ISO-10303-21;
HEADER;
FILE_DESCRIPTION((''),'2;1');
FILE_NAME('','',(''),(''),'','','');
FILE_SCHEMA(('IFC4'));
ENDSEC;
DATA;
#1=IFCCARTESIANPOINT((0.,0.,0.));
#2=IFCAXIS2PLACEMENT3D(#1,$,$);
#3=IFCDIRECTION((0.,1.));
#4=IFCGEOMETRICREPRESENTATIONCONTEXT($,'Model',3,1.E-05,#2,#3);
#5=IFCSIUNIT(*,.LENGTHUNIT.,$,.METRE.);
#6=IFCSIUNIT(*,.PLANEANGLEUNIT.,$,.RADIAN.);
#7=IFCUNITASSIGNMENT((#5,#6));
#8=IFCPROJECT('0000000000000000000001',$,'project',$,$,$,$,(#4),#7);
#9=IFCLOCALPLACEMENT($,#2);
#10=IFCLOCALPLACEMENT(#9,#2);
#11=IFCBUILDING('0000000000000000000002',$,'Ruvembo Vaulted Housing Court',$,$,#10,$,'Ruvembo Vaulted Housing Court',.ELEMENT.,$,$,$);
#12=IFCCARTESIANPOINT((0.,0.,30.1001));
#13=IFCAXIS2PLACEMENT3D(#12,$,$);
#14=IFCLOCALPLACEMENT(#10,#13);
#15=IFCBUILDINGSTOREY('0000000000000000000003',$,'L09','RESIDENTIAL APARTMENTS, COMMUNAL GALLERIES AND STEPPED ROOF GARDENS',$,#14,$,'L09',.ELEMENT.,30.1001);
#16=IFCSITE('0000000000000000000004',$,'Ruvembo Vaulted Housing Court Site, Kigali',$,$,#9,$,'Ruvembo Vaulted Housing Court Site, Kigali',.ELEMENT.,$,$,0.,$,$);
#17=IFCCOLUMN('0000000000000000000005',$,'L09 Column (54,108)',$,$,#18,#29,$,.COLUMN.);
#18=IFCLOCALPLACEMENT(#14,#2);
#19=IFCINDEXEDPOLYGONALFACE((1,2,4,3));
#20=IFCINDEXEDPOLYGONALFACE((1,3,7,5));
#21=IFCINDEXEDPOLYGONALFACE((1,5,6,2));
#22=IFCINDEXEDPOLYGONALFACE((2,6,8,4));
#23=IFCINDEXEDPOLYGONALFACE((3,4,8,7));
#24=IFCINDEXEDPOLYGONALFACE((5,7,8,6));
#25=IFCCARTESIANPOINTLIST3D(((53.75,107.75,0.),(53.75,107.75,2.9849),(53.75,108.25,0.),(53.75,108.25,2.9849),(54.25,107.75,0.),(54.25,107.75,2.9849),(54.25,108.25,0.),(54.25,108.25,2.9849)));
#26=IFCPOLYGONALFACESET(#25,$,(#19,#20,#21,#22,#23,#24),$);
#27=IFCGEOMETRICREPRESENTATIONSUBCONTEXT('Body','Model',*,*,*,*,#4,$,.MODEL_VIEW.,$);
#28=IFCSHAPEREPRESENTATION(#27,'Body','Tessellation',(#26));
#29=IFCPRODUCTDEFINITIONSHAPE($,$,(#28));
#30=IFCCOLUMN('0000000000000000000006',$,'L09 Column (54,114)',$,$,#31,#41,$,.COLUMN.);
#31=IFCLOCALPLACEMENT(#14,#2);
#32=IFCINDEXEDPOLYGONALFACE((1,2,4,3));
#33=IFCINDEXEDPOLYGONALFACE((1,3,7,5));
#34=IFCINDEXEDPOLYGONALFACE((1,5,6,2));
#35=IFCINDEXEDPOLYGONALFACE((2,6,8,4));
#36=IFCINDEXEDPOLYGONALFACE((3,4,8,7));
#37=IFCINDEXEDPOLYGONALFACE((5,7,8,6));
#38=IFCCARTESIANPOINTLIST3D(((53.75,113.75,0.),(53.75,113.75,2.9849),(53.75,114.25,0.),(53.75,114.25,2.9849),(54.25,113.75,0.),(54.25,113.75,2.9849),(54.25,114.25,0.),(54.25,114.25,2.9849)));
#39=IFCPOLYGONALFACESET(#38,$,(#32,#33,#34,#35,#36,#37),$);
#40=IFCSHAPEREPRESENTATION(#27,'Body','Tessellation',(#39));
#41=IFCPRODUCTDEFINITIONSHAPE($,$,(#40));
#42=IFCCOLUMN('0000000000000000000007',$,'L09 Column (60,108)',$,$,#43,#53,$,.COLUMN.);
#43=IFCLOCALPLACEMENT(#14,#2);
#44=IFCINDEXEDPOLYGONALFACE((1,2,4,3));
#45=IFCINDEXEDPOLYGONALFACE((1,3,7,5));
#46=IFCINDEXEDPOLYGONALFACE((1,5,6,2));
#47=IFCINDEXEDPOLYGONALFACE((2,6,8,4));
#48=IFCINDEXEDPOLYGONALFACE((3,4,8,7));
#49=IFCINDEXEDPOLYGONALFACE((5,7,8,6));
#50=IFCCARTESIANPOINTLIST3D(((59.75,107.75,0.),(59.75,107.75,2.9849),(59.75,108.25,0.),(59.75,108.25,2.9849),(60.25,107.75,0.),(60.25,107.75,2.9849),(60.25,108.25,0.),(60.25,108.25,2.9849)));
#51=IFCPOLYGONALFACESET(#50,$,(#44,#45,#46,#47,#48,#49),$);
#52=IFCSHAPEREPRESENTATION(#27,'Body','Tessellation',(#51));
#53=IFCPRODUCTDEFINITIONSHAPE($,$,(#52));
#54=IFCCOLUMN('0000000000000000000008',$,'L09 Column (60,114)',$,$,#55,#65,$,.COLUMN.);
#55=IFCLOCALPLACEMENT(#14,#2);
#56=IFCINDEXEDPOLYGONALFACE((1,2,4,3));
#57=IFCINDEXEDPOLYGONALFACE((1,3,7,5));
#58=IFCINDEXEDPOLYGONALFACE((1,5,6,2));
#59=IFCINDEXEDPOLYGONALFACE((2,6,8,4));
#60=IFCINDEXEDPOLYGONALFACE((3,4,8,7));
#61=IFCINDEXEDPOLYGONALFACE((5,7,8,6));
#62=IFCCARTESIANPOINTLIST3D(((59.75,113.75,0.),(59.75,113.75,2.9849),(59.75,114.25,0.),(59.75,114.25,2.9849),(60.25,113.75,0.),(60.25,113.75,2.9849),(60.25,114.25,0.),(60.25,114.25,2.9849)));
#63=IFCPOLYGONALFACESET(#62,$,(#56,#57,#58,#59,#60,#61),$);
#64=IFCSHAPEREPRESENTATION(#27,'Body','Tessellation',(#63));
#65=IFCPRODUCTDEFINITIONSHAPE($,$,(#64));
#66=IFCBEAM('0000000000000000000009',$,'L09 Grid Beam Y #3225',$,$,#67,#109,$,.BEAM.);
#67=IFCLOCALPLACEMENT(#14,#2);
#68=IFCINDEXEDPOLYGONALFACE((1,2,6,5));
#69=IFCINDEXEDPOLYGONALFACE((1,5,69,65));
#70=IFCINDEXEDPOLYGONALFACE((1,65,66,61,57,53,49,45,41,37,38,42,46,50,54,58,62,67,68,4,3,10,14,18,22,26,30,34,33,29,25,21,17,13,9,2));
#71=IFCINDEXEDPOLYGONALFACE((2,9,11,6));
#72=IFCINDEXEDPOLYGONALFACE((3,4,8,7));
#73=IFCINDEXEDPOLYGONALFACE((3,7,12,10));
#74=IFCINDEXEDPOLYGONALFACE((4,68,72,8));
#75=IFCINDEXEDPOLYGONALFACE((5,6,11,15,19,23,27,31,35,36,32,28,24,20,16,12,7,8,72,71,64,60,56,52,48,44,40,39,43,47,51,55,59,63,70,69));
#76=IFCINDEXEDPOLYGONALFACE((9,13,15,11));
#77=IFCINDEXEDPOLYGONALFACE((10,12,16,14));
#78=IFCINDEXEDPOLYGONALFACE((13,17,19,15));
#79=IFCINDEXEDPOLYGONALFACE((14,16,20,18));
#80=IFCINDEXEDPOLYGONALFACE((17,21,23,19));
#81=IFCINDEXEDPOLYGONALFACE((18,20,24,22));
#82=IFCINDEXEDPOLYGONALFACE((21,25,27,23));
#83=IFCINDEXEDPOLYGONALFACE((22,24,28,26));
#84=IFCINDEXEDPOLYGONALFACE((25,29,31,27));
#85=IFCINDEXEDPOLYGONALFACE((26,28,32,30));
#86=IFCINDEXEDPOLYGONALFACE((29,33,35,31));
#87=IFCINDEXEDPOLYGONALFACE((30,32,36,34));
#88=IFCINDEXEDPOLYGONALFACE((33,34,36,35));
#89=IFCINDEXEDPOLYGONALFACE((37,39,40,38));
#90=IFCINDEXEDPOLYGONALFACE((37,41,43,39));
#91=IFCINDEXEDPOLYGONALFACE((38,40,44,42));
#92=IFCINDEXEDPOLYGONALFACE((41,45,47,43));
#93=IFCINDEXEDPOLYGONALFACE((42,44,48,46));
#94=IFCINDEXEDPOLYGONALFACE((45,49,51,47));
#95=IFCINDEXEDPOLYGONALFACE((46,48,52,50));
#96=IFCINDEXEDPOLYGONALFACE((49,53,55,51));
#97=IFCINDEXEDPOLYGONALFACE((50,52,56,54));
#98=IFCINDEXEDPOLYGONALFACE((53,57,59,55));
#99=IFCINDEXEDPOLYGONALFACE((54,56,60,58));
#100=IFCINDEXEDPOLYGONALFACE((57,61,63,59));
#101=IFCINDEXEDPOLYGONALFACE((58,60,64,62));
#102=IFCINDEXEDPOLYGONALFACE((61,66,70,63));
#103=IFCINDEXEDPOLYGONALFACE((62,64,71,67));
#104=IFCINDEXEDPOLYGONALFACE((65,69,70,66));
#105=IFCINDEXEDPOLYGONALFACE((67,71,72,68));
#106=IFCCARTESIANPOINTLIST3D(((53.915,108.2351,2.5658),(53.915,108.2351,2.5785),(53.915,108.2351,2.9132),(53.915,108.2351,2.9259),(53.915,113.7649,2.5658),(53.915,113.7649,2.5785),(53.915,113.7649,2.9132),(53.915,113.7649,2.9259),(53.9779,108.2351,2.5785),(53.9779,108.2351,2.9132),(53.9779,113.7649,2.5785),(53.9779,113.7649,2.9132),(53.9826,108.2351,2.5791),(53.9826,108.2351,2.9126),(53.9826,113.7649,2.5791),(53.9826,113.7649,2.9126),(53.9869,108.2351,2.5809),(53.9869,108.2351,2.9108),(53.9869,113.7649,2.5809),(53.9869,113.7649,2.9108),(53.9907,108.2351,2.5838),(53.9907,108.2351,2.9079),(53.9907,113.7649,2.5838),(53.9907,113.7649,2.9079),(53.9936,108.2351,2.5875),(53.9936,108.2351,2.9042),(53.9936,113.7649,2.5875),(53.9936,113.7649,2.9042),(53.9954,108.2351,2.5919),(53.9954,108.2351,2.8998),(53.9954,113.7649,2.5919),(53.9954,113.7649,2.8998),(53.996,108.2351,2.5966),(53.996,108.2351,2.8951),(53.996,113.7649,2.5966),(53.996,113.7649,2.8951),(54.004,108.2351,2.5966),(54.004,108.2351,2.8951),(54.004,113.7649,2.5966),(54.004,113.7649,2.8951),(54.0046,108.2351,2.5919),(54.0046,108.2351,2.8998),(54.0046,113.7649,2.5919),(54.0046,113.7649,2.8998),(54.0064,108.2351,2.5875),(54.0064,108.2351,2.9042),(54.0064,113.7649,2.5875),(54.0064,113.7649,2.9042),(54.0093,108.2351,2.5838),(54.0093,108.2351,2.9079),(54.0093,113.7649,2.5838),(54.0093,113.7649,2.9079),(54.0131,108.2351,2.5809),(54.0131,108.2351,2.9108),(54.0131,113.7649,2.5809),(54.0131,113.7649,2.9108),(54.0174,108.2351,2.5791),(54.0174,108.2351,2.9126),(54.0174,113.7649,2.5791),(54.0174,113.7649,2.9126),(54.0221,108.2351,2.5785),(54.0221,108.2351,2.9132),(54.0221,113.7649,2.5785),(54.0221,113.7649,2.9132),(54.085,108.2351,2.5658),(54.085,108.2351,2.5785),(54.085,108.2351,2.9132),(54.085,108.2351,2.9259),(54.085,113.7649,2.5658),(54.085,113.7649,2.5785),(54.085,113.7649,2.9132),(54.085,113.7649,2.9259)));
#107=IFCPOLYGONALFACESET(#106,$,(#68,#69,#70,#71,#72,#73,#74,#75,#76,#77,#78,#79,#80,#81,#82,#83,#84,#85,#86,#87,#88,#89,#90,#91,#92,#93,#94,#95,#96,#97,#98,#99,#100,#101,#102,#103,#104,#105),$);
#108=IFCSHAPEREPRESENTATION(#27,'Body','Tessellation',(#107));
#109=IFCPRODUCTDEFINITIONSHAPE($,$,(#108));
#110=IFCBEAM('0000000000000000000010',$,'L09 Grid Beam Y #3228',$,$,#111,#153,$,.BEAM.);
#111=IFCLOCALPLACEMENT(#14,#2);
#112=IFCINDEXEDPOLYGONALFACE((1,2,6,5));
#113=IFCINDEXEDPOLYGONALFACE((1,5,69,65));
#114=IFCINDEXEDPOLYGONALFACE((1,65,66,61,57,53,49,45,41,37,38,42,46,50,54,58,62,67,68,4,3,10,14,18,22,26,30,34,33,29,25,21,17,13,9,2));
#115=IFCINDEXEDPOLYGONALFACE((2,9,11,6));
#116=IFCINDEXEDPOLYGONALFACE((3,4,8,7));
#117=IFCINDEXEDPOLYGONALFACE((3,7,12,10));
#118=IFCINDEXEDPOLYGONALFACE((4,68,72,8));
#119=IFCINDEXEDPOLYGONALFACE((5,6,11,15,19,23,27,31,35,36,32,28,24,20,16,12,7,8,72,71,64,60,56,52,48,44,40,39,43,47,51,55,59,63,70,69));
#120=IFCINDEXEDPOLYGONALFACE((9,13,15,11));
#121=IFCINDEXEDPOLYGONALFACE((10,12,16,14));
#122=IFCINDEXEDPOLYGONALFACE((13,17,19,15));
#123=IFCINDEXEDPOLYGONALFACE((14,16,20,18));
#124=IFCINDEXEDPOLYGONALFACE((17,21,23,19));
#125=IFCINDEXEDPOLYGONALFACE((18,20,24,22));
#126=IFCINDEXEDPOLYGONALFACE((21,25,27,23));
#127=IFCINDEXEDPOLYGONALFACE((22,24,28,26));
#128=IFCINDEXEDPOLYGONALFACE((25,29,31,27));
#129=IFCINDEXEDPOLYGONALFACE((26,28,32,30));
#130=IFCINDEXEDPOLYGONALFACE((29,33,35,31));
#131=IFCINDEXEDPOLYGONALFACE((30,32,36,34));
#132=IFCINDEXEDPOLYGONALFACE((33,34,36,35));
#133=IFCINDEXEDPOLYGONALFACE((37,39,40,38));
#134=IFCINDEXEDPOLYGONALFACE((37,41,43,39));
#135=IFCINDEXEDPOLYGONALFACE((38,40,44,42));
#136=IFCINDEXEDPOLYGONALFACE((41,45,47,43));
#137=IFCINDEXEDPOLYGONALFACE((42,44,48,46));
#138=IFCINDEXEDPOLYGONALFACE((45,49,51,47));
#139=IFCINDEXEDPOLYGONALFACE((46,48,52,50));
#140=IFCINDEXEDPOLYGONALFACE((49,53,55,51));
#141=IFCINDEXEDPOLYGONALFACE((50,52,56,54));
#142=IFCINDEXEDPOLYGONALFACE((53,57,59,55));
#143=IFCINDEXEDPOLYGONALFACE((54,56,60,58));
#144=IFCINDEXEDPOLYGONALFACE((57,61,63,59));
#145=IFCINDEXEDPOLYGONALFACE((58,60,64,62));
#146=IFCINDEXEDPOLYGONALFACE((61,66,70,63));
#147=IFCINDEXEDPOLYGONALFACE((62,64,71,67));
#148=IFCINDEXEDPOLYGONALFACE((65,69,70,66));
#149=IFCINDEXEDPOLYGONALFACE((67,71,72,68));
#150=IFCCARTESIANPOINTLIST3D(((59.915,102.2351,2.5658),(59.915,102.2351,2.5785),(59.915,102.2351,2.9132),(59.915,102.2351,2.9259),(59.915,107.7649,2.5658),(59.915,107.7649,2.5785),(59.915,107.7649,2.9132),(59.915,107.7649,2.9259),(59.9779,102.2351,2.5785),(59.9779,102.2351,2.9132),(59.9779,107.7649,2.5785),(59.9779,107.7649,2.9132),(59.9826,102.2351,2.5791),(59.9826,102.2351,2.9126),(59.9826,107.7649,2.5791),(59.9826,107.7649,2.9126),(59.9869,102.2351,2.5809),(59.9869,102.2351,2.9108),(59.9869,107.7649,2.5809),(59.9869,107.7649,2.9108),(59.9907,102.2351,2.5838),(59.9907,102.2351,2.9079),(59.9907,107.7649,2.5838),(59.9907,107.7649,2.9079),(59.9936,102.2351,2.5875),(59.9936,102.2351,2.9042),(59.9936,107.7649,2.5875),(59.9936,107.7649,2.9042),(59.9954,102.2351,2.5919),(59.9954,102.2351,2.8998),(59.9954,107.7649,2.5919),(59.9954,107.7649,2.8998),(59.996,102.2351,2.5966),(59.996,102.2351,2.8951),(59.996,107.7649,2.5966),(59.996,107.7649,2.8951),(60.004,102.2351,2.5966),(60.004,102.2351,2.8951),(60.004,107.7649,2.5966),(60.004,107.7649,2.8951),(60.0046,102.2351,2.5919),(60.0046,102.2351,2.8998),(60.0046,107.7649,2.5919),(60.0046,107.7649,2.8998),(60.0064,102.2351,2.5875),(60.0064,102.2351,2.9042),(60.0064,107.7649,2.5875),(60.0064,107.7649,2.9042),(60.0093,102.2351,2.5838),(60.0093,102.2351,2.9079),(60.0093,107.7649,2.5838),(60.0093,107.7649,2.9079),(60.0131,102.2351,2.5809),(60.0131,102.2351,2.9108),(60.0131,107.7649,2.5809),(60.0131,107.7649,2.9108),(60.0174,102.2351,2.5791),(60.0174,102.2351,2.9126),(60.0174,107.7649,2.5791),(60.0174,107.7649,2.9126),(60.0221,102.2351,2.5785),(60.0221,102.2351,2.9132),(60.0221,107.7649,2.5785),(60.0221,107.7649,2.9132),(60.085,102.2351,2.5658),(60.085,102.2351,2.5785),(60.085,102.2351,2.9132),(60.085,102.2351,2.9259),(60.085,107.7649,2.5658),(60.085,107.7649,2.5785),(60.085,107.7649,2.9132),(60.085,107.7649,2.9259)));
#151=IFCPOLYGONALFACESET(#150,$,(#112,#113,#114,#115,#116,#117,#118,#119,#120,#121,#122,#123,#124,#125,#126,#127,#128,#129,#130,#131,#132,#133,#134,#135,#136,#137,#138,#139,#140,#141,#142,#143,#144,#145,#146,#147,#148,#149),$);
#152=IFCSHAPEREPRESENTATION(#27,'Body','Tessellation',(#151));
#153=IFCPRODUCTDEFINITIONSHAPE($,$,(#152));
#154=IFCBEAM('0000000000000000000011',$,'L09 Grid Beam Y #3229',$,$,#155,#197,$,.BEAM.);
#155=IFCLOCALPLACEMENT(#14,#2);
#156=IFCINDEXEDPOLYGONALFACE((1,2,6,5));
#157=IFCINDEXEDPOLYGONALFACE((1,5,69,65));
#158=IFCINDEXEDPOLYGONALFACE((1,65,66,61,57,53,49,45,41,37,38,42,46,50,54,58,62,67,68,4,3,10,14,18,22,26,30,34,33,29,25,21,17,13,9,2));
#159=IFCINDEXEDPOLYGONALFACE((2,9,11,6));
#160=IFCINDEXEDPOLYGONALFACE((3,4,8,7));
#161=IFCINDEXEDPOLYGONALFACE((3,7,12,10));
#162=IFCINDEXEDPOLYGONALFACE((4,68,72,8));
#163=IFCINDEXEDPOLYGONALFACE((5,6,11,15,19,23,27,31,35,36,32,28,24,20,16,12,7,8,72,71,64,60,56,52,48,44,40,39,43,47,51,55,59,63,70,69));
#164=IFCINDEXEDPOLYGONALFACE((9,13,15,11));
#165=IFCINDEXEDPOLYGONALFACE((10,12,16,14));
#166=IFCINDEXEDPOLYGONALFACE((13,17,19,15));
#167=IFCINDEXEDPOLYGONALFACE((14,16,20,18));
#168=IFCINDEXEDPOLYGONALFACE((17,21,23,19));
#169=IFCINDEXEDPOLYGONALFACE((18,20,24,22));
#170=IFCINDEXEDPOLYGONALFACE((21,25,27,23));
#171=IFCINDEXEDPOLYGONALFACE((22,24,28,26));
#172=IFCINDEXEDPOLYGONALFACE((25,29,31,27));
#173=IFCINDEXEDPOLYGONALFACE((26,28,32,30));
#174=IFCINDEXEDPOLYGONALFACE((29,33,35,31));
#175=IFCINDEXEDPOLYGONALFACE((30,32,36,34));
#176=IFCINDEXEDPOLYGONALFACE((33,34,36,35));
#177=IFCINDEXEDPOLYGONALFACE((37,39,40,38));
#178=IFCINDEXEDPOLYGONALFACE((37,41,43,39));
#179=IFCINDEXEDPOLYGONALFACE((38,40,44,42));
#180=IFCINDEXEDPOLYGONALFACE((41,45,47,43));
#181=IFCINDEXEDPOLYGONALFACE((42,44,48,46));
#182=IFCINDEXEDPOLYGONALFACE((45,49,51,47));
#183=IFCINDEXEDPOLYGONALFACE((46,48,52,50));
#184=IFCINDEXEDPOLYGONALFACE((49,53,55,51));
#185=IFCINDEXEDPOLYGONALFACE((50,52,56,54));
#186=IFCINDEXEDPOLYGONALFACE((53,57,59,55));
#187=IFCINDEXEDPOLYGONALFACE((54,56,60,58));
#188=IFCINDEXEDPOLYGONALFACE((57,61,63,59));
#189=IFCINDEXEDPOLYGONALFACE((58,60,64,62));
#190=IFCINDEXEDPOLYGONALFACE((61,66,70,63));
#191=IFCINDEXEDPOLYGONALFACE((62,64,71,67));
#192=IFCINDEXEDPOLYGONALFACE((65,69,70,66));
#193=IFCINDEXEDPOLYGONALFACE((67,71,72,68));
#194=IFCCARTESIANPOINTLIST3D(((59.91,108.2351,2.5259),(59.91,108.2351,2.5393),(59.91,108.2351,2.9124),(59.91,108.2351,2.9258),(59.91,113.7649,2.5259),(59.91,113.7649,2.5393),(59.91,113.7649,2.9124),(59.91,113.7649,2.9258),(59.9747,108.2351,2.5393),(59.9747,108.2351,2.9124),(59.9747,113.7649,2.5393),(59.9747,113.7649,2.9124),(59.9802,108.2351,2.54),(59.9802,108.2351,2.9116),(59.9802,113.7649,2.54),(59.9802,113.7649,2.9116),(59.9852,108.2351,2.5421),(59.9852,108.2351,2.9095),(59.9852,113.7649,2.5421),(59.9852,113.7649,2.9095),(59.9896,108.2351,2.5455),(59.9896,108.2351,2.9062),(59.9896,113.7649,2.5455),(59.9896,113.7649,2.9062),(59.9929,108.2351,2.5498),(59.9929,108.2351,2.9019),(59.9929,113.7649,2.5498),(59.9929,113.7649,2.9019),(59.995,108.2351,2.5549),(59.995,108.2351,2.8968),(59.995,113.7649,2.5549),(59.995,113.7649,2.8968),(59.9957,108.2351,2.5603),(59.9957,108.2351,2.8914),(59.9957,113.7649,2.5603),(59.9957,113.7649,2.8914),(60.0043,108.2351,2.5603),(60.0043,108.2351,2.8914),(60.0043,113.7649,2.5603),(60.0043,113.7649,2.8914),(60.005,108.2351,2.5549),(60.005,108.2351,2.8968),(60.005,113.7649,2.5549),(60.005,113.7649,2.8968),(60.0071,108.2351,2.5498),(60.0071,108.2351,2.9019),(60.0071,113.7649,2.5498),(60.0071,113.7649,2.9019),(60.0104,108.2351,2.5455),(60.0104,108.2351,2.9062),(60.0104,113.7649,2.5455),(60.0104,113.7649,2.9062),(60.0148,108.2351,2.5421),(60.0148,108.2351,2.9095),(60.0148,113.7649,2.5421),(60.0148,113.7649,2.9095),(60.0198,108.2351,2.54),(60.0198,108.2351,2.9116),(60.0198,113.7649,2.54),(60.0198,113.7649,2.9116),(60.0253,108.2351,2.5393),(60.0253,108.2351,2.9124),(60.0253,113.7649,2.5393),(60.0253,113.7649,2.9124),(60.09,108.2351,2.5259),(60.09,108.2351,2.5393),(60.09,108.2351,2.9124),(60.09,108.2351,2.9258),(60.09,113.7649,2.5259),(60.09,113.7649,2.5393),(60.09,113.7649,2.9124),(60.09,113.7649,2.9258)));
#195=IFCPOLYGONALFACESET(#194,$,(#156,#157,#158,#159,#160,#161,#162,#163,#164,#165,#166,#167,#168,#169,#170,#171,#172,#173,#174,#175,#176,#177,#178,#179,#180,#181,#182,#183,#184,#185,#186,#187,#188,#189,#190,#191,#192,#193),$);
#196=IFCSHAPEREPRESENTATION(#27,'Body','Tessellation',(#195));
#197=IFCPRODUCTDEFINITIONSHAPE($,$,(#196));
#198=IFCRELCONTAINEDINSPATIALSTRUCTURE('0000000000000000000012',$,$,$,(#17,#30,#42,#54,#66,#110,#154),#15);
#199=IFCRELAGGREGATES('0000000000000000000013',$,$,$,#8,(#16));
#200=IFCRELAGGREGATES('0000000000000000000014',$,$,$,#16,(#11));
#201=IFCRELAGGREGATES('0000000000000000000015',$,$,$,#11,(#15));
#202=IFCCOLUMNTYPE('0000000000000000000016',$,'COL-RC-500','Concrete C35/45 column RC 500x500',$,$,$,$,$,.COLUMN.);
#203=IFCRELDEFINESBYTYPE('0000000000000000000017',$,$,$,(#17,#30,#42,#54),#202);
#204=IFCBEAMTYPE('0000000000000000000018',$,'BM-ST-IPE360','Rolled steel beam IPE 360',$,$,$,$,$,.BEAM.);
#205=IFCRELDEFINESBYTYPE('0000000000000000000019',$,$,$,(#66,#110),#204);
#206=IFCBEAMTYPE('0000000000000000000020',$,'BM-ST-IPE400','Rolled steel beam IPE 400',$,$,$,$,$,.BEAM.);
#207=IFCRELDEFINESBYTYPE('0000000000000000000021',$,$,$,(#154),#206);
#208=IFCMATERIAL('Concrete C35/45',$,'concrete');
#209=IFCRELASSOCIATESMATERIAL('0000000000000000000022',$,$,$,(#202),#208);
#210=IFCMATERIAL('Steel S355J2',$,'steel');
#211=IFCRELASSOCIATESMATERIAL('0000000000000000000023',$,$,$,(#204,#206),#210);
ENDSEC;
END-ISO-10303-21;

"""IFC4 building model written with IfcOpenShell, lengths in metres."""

from ifc_helpers import new_model, si_unit, direction, frame, origin, origin_2d, place, context, subcontext, project, spatial, rectangle, i_section, extrude, material, material_profile, profile_set, type_object, element, save


model = new_model("IFC4")

# Units and contexts
model_context = context("Model", 3, precision=1e-05, world=origin(), true_north=direction((0.0, 1.0)))
body_context = subcontext(model_context, "Body", "Model", "MODEL_VIEW")
ifc_project = project(units=[si_unit("LENGTHUNIT", "METRE"), si_unit("PLANEANGLEUNIT", "RADIAN")], contexts=[model_context])

# Site, building, storey
site_placement = place(None, origin())
site = spatial("IfcSite", under=ifc_project, at=site_placement, Name="Ruvembo Vaulted Housing Court Site, Kigali", LongName="Ruvembo Vaulted Housing Court Site, Kigali", CompositionType="ELEMENT", RefElevation=0.0)
building_placement = place(site_placement, origin())
building = spatial("IfcBuilding", under=site, at=building_placement, Name="Ruvembo Vaulted Housing Court", LongName="Ruvembo Vaulted Housing Court", CompositionType="ELEMENT")
storey_placement = place(building_placement, frame((0.0, 0.0, 30.1001)))
storey = spatial("IfcBuildingStorey", under=building, at=storey_placement, Name="L09", Description="RESIDENTIAL APARTMENTS, COMMUNAL GALLERIES AND STEPPED ROOF GARDENS", LongName="L09", CompositionType="ELEMENT", Elevation=30.1001)

# Columns
ifc_material_1 = material(Name="Concrete C35/45", Category="concrete")
ifc_material_profile_1 = material_profile(ifc_material_1, rectangle(XDim=0.5, YDim=0.5, at=origin_2d()), Name="RC 500x500")
ifc_profile_set_1 = profile_set([ifc_material_profile_1], Name="Concrete C35/45")
column_type = type_object("IfcColumnType", Name="COL-RC-500", Description="Concrete C35/45 column RC 500x500", PredefinedType="COLUMN", material=ifc_profile_set_1)
for number, where, z_axis, x_axis, name in (
    (1, (54.0, 108.0, 0.0), (0.0, 0.0, 1.0), (1.0, 0.0, 0.0), "L09 Column (54,108)"),
    (2, (54.0, 114.0, 0.0), (0.0, 0.0, 1.0), (1.0, 0.0, 0.0), "L09 Column (54,114)"),
    (3, (60.0, 108.0, 0.0), (0.0, 0.0, 1.0), (1.0, 0.0, 0.0), "L09 Column (60,108)"),
    (4, (60.0, 114.0, 0.0), (0.0, 0.0, 1.0), (1.0, 0.0, 0.0), "L09 Column (60,114)"),
):
    element("IfcColumn", number, at=place(storey_placement, frame(where, z_axis=z_axis, x_axis=x_axis)), inside=storey, type_object=column_type, Name=name, PredefinedType="COLUMN", context=body_context, shape_type="SweptSolid", body=[
        extrude(rectangle(XDim=0.5, YDim=0.5, at=origin_2d()), origin(), (0.0, 0.0, 1.0), 2.9849),
    ])

# Beams
ifc_material_2 = material(Name="Steel S355J2", Category="steel")
ifc_material_profile_2 = material_profile(ifc_material_2, i_section(OverallWidth=0.1699, OverallDepth=0.3601, WebThickness=0.0081, FlangeThickness=0.0127, FilletRadius=0.0181, at=origin_2d()), Name="IPE 360")
ifc_profile_set_2 = profile_set([ifc_material_profile_2], Name="Steel S355J2")
beam_type_1 = type_object("IfcBeamType", Name="BM-ST-IPE360", Description="Rolled steel beam IPE 360", PredefinedType="BEAM", material=ifc_profile_set_2)
for number, where, z_axis, x_axis, name in (
    (5, (54.0, 108.2351, 2.7458), (0.0, 1.0, 0.0), (-1.0, 0.0, 0.0), "L09 Grid Beam Y #3225"),
    (6, (60.0, 102.2351, 2.7458), (0.0, 1.0, 0.0), (-1.0, 0.0, 0.0), "L09 Grid Beam Y #3228"),
):
    element("IfcBeam", number, at=place(storey_placement, frame(where, z_axis=z_axis, x_axis=x_axis)), inside=storey, type_object=beam_type_1, Name=name, PredefinedType="BEAM", context=body_context, shape_type="SweptSolid", body=[
        extrude(i_section(OverallWidth=0.1699, OverallDepth=0.3601, WebThickness=0.0081, FlangeThickness=0.0127, FilletRadius=0.0181, at=origin_2d()), origin(), (0.0, 0.0, 1.0), 5.5298),
    ])
ifc_material_profile_3 = material_profile(ifc_material_2, i_section(OverallWidth=0.1799, OverallDepth=0.3999, WebThickness=0.0085, FlangeThickness=0.0134, FilletRadius=0.021, at=origin_2d()), Name="IPE 400")
ifc_profile_set_3 = profile_set([ifc_material_profile_3], Name="Steel S355J2")
beam_type_2 = type_object("IfcBeamType", Name="BM-ST-IPE400", Description="Rolled steel beam IPE 400", PredefinedType="BEAM", material=ifc_profile_set_3)
beam_1_placement = place(storey_placement, frame((60.0, 108.2351, 2.7258), z_axis=(0.0, 1.0, 0.0), x_axis=(-1.0, 0.0, 0.0)))
element("IfcBeam", 7, at=beam_1_placement, inside=storey, type_object=beam_type_2, Name="L09 Grid Beam Y #3229", PredefinedType="BEAM", context=body_context, shape_type="SweptSolid", body=[
    extrude(i_section(OverallWidth=0.1799, OverallDepth=0.3999, WebThickness=0.0085, FlangeThickness=0.0134, FilletRadius=0.021, at=origin_2d()), origin(), (0.0, 0.0, 1.0), 5.5298),
])

save(model, "model.ifc")
